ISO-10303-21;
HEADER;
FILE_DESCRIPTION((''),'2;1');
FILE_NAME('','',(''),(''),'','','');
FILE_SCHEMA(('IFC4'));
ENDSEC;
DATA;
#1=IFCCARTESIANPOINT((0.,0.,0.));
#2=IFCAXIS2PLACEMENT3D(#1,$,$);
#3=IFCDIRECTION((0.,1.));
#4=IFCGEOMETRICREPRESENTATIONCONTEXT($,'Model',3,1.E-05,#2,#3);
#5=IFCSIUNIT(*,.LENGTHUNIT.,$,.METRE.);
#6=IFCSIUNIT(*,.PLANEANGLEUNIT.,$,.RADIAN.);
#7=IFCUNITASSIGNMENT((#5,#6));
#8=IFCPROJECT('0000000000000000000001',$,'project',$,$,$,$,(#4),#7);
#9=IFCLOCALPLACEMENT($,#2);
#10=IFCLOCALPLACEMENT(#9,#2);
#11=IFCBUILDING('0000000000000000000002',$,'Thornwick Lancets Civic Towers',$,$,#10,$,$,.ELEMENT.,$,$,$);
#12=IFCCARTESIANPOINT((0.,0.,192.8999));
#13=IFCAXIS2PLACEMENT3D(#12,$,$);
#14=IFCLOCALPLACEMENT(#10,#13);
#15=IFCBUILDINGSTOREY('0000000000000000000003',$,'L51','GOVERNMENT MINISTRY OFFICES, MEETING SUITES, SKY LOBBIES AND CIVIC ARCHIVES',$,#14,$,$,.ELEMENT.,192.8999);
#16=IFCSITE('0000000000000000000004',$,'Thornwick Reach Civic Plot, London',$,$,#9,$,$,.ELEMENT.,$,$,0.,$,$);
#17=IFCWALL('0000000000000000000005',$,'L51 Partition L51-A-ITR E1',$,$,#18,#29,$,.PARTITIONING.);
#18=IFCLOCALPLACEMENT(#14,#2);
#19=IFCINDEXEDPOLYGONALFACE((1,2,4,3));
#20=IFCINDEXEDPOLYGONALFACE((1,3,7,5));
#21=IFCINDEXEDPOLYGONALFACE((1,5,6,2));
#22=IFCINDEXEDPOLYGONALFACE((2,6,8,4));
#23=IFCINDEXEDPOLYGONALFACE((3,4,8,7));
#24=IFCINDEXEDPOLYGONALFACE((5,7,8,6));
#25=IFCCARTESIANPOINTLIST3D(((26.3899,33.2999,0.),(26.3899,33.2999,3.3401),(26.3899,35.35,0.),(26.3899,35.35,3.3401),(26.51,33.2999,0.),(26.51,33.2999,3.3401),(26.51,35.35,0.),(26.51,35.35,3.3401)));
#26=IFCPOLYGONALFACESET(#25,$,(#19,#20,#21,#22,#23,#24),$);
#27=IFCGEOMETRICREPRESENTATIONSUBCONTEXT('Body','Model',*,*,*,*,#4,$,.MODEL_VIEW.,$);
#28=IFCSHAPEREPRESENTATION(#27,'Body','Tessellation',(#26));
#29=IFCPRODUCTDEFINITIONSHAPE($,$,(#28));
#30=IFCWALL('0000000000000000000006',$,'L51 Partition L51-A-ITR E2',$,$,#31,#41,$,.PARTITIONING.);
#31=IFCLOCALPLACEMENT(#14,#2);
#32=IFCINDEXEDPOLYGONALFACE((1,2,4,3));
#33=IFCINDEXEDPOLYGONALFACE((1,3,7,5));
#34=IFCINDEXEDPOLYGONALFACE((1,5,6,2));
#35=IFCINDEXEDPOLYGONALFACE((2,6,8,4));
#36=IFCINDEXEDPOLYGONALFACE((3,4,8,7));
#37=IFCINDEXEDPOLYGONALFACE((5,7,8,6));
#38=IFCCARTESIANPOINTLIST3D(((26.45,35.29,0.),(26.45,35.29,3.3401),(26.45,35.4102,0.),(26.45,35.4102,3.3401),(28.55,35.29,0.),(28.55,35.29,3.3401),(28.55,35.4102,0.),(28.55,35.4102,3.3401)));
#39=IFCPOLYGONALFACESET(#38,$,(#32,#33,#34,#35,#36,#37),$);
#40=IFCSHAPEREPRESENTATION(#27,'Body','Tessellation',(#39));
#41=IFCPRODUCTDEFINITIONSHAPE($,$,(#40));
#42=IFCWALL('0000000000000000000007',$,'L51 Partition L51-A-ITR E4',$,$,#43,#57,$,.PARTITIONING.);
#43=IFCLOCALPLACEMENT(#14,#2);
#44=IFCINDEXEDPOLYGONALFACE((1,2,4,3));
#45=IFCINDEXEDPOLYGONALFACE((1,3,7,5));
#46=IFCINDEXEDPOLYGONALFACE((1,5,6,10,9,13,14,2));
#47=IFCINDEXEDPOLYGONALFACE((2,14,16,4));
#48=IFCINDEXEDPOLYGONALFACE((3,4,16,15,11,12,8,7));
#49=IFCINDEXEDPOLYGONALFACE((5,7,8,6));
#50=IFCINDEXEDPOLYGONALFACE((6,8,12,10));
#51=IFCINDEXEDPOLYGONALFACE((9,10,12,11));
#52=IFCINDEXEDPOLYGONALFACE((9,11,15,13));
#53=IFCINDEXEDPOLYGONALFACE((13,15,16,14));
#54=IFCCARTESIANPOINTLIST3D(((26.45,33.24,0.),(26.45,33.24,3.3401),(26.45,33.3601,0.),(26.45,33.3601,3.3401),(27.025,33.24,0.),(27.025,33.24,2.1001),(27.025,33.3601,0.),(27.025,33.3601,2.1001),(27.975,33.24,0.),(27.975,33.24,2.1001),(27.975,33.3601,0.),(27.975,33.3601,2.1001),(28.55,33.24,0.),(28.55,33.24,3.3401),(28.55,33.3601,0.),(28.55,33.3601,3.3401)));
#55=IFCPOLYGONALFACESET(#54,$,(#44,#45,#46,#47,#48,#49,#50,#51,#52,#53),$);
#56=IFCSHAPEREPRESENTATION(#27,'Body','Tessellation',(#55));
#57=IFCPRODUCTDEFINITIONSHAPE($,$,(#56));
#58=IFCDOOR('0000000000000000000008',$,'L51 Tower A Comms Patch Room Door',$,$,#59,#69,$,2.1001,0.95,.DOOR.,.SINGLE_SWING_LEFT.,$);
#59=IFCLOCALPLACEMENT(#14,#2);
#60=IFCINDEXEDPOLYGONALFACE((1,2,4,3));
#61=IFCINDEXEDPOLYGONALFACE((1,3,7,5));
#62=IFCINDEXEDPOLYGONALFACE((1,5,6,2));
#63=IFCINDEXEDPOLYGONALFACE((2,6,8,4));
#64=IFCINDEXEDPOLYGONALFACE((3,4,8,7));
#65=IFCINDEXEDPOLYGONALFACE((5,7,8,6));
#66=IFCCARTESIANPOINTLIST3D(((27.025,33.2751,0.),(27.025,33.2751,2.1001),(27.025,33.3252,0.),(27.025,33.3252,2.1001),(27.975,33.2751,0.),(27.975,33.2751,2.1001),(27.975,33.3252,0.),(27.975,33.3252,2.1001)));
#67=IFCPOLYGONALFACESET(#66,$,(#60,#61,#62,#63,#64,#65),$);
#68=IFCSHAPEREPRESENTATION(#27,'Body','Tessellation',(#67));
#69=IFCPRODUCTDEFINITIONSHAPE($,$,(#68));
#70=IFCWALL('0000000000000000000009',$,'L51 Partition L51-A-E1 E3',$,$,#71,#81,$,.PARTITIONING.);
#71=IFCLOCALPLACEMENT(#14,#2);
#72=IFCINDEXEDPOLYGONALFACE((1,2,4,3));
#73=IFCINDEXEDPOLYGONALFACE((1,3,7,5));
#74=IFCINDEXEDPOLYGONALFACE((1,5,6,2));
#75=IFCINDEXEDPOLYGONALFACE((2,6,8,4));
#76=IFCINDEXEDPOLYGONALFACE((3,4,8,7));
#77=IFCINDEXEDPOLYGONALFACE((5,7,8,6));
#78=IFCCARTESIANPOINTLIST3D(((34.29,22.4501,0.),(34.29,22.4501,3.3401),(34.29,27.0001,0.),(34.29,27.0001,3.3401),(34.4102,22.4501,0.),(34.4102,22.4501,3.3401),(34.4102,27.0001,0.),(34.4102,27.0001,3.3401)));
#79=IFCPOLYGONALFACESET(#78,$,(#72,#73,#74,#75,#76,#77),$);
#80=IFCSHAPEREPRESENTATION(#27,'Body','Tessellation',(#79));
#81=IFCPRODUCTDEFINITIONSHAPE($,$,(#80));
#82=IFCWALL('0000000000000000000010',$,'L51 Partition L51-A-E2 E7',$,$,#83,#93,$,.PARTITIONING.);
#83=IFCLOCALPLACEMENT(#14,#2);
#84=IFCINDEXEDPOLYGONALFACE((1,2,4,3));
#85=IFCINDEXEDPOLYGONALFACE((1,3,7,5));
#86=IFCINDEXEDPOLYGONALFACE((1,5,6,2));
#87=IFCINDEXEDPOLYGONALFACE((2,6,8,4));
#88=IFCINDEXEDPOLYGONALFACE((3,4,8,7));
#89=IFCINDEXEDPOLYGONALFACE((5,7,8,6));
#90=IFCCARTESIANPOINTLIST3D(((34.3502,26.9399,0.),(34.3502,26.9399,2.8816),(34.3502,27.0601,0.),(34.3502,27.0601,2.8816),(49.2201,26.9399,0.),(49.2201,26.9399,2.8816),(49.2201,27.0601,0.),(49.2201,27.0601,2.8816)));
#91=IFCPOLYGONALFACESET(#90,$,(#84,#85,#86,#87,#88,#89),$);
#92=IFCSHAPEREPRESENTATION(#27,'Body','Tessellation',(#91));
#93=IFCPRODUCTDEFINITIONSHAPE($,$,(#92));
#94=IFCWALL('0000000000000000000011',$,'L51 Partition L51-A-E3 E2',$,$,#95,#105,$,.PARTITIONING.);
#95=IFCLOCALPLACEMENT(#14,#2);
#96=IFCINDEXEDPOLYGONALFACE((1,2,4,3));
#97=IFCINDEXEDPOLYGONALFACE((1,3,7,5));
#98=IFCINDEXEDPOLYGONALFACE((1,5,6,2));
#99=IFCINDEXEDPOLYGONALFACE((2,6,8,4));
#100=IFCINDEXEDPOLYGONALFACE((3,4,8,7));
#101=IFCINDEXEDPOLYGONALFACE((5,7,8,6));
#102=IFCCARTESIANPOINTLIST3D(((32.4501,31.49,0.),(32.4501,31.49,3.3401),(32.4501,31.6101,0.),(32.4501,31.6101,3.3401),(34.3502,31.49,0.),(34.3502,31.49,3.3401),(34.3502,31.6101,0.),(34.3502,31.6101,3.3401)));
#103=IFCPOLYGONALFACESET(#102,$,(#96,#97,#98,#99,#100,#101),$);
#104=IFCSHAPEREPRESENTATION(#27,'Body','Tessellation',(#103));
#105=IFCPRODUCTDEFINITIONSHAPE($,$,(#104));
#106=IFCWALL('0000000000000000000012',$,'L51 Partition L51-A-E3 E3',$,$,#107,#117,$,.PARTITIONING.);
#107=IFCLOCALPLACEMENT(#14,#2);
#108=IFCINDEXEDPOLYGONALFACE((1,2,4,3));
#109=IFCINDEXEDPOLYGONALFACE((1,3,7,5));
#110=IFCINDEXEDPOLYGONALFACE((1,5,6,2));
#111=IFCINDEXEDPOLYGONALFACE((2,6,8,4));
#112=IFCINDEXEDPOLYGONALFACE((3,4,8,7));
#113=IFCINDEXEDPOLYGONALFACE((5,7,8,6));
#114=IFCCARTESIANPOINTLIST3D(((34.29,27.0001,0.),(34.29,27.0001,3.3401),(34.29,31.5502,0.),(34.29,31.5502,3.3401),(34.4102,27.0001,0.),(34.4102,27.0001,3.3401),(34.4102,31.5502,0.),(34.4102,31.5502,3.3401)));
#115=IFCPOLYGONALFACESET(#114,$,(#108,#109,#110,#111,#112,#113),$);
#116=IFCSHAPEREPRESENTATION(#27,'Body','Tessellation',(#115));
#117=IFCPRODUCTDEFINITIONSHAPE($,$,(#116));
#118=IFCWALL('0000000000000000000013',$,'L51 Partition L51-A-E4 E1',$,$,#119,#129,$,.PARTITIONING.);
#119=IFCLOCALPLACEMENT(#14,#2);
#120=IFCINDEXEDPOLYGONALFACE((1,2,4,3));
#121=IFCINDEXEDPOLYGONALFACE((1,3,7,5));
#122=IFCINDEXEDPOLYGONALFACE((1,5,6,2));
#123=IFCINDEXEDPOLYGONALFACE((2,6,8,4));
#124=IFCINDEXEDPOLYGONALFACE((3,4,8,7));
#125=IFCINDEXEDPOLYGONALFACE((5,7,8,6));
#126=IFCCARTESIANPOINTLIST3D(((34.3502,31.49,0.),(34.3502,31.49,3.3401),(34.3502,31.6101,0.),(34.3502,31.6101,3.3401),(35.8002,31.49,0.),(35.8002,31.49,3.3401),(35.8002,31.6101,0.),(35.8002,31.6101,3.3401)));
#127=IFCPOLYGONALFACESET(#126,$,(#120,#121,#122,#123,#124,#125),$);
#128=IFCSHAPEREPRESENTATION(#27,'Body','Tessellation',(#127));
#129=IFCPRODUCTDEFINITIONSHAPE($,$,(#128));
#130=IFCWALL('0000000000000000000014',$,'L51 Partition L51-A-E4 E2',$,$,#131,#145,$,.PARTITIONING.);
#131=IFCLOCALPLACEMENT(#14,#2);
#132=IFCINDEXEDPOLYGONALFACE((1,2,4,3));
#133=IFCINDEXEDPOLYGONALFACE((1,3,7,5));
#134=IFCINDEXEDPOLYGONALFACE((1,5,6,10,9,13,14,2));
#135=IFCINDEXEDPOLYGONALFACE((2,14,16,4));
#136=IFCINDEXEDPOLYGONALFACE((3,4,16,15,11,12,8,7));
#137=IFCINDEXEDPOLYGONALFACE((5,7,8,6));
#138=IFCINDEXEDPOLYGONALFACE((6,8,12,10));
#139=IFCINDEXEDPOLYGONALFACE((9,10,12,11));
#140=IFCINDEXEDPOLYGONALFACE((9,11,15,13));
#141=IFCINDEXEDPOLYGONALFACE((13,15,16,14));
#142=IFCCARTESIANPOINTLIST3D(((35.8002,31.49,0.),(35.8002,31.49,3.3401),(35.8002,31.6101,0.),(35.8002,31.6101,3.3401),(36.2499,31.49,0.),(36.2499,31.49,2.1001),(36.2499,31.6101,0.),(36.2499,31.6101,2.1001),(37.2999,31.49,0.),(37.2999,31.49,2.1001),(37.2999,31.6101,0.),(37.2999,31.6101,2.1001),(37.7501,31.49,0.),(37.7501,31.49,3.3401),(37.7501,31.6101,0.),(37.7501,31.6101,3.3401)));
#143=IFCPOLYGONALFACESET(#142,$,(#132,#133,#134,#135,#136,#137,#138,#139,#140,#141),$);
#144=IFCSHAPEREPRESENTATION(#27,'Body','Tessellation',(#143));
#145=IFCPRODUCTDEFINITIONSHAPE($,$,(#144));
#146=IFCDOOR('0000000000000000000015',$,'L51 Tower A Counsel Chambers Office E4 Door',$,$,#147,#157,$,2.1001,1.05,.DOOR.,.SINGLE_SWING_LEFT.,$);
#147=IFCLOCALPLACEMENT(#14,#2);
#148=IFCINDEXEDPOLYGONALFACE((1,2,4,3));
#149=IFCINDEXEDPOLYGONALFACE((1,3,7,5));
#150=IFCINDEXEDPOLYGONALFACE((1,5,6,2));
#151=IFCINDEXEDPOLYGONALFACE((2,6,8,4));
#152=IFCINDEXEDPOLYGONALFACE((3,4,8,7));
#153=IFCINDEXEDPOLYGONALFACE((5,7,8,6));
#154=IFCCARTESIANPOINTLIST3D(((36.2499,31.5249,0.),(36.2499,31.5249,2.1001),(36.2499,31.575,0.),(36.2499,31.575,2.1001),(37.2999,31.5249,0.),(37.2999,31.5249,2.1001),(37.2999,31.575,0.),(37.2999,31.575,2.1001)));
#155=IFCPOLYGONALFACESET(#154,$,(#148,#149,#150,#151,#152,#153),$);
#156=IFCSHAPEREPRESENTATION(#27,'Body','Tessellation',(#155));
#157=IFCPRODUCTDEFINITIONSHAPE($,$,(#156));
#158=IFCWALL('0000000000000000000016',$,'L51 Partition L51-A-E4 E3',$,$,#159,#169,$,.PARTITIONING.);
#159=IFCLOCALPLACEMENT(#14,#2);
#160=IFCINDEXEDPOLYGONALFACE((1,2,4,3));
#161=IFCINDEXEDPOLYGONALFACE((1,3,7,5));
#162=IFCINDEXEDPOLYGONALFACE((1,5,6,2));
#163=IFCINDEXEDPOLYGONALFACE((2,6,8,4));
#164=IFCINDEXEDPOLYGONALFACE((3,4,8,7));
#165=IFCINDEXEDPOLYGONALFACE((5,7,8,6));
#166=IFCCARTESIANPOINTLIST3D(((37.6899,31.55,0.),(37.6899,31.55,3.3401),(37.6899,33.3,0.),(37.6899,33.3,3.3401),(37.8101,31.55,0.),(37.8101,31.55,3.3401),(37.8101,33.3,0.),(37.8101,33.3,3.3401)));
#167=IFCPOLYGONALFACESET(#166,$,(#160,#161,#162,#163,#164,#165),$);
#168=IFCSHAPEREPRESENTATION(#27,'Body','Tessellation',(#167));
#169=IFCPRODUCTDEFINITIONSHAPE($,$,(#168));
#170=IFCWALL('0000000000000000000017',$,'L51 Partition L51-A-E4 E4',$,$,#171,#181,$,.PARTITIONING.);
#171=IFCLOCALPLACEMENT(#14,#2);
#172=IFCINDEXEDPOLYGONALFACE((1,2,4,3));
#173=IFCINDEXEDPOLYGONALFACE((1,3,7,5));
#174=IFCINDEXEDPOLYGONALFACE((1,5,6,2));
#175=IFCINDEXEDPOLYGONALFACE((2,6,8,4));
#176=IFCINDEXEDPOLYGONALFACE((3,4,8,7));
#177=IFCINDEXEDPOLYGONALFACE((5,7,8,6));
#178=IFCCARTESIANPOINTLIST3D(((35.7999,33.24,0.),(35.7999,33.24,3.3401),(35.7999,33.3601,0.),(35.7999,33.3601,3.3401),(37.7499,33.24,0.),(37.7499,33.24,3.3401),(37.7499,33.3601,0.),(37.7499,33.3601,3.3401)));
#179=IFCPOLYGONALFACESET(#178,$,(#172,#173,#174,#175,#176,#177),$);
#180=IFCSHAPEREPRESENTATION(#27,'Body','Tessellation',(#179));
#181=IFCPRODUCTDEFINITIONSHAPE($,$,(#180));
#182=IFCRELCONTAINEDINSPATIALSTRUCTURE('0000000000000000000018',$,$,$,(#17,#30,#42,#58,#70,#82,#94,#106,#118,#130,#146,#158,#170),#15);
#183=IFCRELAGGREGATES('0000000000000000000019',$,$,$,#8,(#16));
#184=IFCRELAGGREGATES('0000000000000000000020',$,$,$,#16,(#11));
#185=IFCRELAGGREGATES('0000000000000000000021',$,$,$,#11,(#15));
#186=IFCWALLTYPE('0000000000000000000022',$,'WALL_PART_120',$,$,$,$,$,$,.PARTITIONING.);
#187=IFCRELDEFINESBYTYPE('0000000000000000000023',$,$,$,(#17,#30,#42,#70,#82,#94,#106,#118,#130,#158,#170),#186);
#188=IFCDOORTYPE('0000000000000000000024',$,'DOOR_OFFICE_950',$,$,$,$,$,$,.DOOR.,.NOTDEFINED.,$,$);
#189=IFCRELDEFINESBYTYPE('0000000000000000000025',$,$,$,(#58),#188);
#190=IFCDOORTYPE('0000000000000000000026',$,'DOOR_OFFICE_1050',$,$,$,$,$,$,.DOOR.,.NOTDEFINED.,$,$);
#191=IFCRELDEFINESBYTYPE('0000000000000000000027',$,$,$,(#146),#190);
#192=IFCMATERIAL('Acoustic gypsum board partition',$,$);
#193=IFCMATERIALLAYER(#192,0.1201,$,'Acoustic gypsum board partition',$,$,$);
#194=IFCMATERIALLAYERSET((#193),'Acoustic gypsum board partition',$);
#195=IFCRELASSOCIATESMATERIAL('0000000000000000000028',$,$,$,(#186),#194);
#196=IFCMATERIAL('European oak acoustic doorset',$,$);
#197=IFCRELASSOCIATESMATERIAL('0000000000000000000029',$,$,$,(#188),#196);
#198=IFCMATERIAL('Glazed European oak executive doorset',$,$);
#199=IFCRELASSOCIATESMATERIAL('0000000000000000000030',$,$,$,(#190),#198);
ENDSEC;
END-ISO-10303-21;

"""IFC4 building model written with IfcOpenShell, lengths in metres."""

from ifc_helpers import new_model, si_unit, direction, frame, frame_2d, origin, place, context, subcontext, project, spatial, rectangle, extrude, material, layer, layer_set, type_object, element, fill, save


model = new_model("IFC4")

# Units and contexts
model_context = context("Model", 3, precision=1e-05, world=origin(), true_north=direction((0.0, 1.0)))
body_context = subcontext(model_context, "Body", "Model", "MODEL_VIEW")
ifc_project = project(units=[si_unit("LENGTHUNIT", "METRE"), si_unit("PLANEANGLEUNIT", "RADIAN")], contexts=[model_context])

# Site, building, storey
site_placement = place(None, origin())
site = spatial("IfcSite", under=ifc_project, at=site_placement, Name="Thornwick Reach Civic Plot, London", CompositionType="ELEMENT", RefElevation=0.0)
building_placement = place(site_placement, origin())
building = spatial("IfcBuilding", under=site, at=building_placement, Name="Thornwick Lancets Civic Towers", CompositionType="ELEMENT")
storey_placement = place(building_placement, frame((0.0, 0.0, 192.8999)))
storey = spatial("IfcBuildingStorey", under=building, at=storey_placement, Name="L51", Description="GOVERNMENT MINISTRY OFFICES, MEETING SUITES, SKY LOBBIES AND CIVIC ARCHIVES", CompositionType="ELEMENT", Elevation=192.8999)

# Walls
ifc_material_1 = material(Name="Acoustic gypsum board partition")
ifc_layer_1 = layer(ifc_material_1, 0.1201, Name="Acoustic gypsum board partition")
ifc_layer_set_1 = layer_set([ifc_layer_1], Name="Acoustic gypsum board partition")
wall_type_1 = type_object("IfcWallType", Name="WALL_PART_120", PredefinedType="PARTITIONING", material=ifc_layer_set_1)
wall_1_placement = place(storey_placement, frame((26.45, 33.3, 0.0), z_axis=(0.0, 0.0, 1.0), x_axis=(0.0, 1.0, 0.0)))
element("IfcWall", 1, at=wall_1_placement, inside=storey, type_object=wall_type_1, Name="L51 Partition L51-A-ITR E1", PredefinedType="PARTITIONING", context=body_context, shape_type="SweptSolid", body=[
    extrude(rectangle(XDim=2.05, YDim=0.1201, at=frame_2d((1.0249, 0.0))), origin(), (0.0, 0.0, 1.0), 3.3401),
])
wall_2_placement = place(storey_placement, frame((26.45, 35.3501, 0.0), z_axis=(0.0, 0.0, 1.0), x_axis=(1.0, 0.0, 0.0)))
element("IfcWall", 2, at=wall_2_placement, inside=storey, type_object=wall_type_1, Name="L51 Partition L51-A-ITR E2", PredefinedType="PARTITIONING", context=body_context, shape_type="SweptSolid", body=[
    extrude(rectangle(XDim=2.1001, YDim=0.1201, at=frame_2d((1.05, 0.0))), origin(), (0.0, 0.0, 1.0), 3.3401),
])

# Wall, opening, door
wall_3_placement = place(storey_placement, frame((28.55, 33.3, 0.0), z_axis=(0.0, 0.0, 1.0), x_axis=(-1.0, 0.0, 0.0)))
wall_3 = element("IfcWall", 3, at=wall_3_placement, inside=storey, type_object=wall_type_1, Name="L51 Partition L51-A-ITR E4", PredefinedType="PARTITIONING", context=body_context, shape_type="SweptSolid", body=[
    extrude(rectangle(XDim=2.1001, YDim=0.1201, at=frame_2d((1.05, 0.0))), origin(), (0.0, 0.0, 1.0), 3.3401),
])
opening_1_placement = place(wall_3_placement, frame((0.575, 0.0, 0.0)))
opening_1 = element("IfcOpeningElement", 4, at=opening_1_placement, cuts=wall_3, PredefinedType="OPENING", context=body_context, shape_type="SweptSolid", body=[
    extrude(rectangle(XDim=0.95, YDim=2.1001, at=frame_2d((0.4751, 1.05))), frame((0.0, 0.0701, 0.0), z_axis=(0.0, -1.0, 0.0), x_axis=(1.0, 0.0, 0.0)), (0.0, 0.0, 1.0), 0.1401),
])
ifc_material_2 = material(Name="European oak acoustic doorset")
door_type_1 = type_object("IfcDoorType", Name="DOOR_OFFICE_950", OperationType="NOTDEFINED", PredefinedType="DOOR", material=ifc_material_2)
door_1_placement = place(opening_1_placement, origin())
door_1 = element("IfcDoor", 5, at=door_1_placement, inside=storey, type_object=door_type_1, Name="L51 Tower A Comms Patch Room Door", OperationType="SINGLE_SWING_LEFT", OverallHeight=2.1001, OverallWidth=0.95, PredefinedType="DOOR", context=body_context, shape_type="SweptSolid", body=[
    extrude(rectangle(XDim=0.95, YDim=2.1001, at=frame_2d((0.4751, 1.05))), frame((0.0, 0.0249, 0.0), z_axis=(0.0, -1.0, 0.0), x_axis=(1.0, 0.0, 0.0)), (0.0, 0.0, 1.0), 0.05),
])
fill(opening_1, door_1)

# Walls
wall_4_placement = place(storey_placement, frame((34.3501, 27.0, 0.0), z_axis=(0.0, 0.0, 1.0), x_axis=(0.0, -1.0, 0.0)))
element("IfcWall", 6, at=wall_4_placement, inside=storey, type_object=wall_type_1, Name="L51 Partition L51-A-E1 E3", PredefinedType="PARTITIONING", context=body_context, shape_type="SweptSolid", body=[
    extrude(rectangle(XDim=4.55, YDim=0.1201, at=frame_2d((2.2749, 0.0))), origin(), (0.0, 0.0, 1.0), 3.3401),
])
wall_5_placement = place(storey_placement, frame((34.3501, 27.0, 0.0), z_axis=(0.0, 0.0, 1.0), x_axis=(1.0, 0.0, 0.0)))
element("IfcWall", 7, at=wall_5_placement, inside=storey, type_object=wall_type_1, Name="L51 Partition L51-A-E2 E7", PredefinedType="PARTITIONING", context=body_context, shape_type="SweptSolid", body=[
    extrude(rectangle(XDim=14.8699, YDim=0.1201, at=frame_2d((7.4351, 0.0))), origin(), (0.0, 0.0, 1.0), 2.8816),
])
wall_6_placement = place(storey_placement, frame((32.45, 31.55, 0.0), z_axis=(0.0, 0.0, 1.0), x_axis=(1.0, 0.0, 0.0)))
element("IfcWall", 8, at=wall_6_placement, inside=storey, type_object=wall_type_1, Name="L51 Partition L51-A-E3 E2", PredefinedType="PARTITIONING", context=body_context, shape_type="SweptSolid", body=[
    extrude(rectangle(XDim=1.9001, YDim=0.1201, at=frame_2d((0.9502, 0.0))), origin(), (0.0, 0.0, 1.0), 3.3401),
])
wall_7_placement = place(storey_placement, frame((34.3501, 31.55, 0.0), z_axis=(0.0, 0.0, 1.0), x_axis=(0.0, -1.0, 0.0)))
element("IfcWall", 9, at=wall_7_placement, inside=storey, type_object=wall_type_1, Name="L51 Partition L51-A-E3 E3", PredefinedType="PARTITIONING", context=body_context, shape_type="SweptSolid", body=[
    extrude(rectangle(XDim=4.55, YDim=0.1201, at=frame_2d((2.2749, 0.0))), origin(), (0.0, 0.0, 1.0), 3.3401),
])
wall_8_placement = place(storey_placement, frame((34.3501, 31.55, 0.0), z_axis=(0.0, 0.0, 1.0), x_axis=(1.0, 0.0, 0.0)))
element("IfcWall", 10, at=wall_8_placement, inside=storey, type_object=wall_type_1, Name="L51 Partition L51-A-E4 E1", PredefinedType="PARTITIONING", context=body_context, shape_type="SweptSolid", body=[
    extrude(rectangle(XDim=1.45, YDim=0.1201, at=frame_2d((0.7251, 0.0))), origin(), (0.0, 0.0, 1.0), 3.3401),
])

# Wall, opening, door
wall_9_placement = place(storey_placement, frame((35.8, 31.55, 0.0), z_axis=(0.0, 0.0, 1.0), x_axis=(1.0, 0.0, 0.0)))
wall_9 = element("IfcWall", 11, at=wall_9_placement, inside=storey, type_object=wall_type_1, Name="L51 Partition L51-A-E4 E2", PredefinedType="PARTITIONING", context=body_context, shape_type="SweptSolid", body=[
    extrude(rectangle(XDim=1.95, YDim=0.1201, at=frame_2d((0.9751, 0.0))), origin(), (0.0, 0.0, 1.0), 3.3401),
])
opening_2_placement = place(wall_9_placement, frame((0.45, 0.0, 0.0)))
opening_2 = element("IfcOpeningElement", 12, at=opening_2_placement, cuts=wall_9, PredefinedType="OPENING", context=body_context, shape_type="SweptSolid", body=[
    extrude(rectangle(XDim=1.05, YDim=2.1001, at=frame_2d((0.5249, 1.05))), frame((0.0, 0.0701, 0.0), z_axis=(0.0, -1.0, 0.0), x_axis=(1.0, 0.0, 0.0)), (0.0, 0.0, 1.0), 0.1401),
])
ifc_material_3 = material(Name="Glazed European oak executive doorset")
door_type_2 = type_object("IfcDoorType", Name="DOOR_OFFICE_1050", OperationType="NOTDEFINED", PredefinedType="DOOR", material=ifc_material_3)
door_2_placement = place(opening_2_placement, origin())
door_2 = element("IfcDoor", 13, at=door_2_placement, inside=storey, type_object=door_type_2, Name="L51 Tower A Counsel Chambers Office E4 Door", OperationType="SINGLE_SWING_LEFT", OverallHeight=2.1001, OverallWidth=1.05, PredefinedType="DOOR", context=body_context, shape_type="SweptSolid", body=[
    extrude(rectangle(XDim=1.05, YDim=2.1001, at=frame_2d((0.5249, 1.05))), frame((0.0, 0.0249, 0.0), z_axis=(0.0, -1.0, 0.0), x_axis=(1.0, 0.0, 0.0)), (0.0, 0.0, 1.0), 0.05),
])
fill(opening_2, door_2)

# Walls
wall_10_placement = place(storey_placement, frame((37.75, 31.55, 0.0), z_axis=(0.0, 0.0, 1.0), x_axis=(0.0, 1.0, 0.0)))
element("IfcWall", 14, at=wall_10_placement, inside=storey, type_object=wall_type_1, Name="L51 Partition L51-A-E4 E3", PredefinedType="PARTITIONING", context=body_context, shape_type="SweptSolid", body=[
    extrude(rectangle(XDim=1.75, YDim=0.1201, at=frame_2d((0.875, 0.0))), origin(), (0.0, 0.0, 1.0), 3.3401),
])
wall_11_placement = place(storey_placement, frame((37.75, 33.3, 0.0), z_axis=(0.0, 0.0, 1.0), x_axis=(-1.0, 0.0, 0.0)))
element("IfcWall", 15, at=wall_11_placement, inside=storey, type_object=wall_type_1, Name="L51 Partition L51-A-E4 E4", PredefinedType="PARTITIONING", context=body_context, shape_type="SweptSolid", body=[
    extrude(rectangle(XDim=1.95, YDim=0.1201, at=frame_2d((0.9751, 0.0))), origin(), (0.0, 0.0, 1.0), 3.3401),
])

save(model, "model.ifc")
